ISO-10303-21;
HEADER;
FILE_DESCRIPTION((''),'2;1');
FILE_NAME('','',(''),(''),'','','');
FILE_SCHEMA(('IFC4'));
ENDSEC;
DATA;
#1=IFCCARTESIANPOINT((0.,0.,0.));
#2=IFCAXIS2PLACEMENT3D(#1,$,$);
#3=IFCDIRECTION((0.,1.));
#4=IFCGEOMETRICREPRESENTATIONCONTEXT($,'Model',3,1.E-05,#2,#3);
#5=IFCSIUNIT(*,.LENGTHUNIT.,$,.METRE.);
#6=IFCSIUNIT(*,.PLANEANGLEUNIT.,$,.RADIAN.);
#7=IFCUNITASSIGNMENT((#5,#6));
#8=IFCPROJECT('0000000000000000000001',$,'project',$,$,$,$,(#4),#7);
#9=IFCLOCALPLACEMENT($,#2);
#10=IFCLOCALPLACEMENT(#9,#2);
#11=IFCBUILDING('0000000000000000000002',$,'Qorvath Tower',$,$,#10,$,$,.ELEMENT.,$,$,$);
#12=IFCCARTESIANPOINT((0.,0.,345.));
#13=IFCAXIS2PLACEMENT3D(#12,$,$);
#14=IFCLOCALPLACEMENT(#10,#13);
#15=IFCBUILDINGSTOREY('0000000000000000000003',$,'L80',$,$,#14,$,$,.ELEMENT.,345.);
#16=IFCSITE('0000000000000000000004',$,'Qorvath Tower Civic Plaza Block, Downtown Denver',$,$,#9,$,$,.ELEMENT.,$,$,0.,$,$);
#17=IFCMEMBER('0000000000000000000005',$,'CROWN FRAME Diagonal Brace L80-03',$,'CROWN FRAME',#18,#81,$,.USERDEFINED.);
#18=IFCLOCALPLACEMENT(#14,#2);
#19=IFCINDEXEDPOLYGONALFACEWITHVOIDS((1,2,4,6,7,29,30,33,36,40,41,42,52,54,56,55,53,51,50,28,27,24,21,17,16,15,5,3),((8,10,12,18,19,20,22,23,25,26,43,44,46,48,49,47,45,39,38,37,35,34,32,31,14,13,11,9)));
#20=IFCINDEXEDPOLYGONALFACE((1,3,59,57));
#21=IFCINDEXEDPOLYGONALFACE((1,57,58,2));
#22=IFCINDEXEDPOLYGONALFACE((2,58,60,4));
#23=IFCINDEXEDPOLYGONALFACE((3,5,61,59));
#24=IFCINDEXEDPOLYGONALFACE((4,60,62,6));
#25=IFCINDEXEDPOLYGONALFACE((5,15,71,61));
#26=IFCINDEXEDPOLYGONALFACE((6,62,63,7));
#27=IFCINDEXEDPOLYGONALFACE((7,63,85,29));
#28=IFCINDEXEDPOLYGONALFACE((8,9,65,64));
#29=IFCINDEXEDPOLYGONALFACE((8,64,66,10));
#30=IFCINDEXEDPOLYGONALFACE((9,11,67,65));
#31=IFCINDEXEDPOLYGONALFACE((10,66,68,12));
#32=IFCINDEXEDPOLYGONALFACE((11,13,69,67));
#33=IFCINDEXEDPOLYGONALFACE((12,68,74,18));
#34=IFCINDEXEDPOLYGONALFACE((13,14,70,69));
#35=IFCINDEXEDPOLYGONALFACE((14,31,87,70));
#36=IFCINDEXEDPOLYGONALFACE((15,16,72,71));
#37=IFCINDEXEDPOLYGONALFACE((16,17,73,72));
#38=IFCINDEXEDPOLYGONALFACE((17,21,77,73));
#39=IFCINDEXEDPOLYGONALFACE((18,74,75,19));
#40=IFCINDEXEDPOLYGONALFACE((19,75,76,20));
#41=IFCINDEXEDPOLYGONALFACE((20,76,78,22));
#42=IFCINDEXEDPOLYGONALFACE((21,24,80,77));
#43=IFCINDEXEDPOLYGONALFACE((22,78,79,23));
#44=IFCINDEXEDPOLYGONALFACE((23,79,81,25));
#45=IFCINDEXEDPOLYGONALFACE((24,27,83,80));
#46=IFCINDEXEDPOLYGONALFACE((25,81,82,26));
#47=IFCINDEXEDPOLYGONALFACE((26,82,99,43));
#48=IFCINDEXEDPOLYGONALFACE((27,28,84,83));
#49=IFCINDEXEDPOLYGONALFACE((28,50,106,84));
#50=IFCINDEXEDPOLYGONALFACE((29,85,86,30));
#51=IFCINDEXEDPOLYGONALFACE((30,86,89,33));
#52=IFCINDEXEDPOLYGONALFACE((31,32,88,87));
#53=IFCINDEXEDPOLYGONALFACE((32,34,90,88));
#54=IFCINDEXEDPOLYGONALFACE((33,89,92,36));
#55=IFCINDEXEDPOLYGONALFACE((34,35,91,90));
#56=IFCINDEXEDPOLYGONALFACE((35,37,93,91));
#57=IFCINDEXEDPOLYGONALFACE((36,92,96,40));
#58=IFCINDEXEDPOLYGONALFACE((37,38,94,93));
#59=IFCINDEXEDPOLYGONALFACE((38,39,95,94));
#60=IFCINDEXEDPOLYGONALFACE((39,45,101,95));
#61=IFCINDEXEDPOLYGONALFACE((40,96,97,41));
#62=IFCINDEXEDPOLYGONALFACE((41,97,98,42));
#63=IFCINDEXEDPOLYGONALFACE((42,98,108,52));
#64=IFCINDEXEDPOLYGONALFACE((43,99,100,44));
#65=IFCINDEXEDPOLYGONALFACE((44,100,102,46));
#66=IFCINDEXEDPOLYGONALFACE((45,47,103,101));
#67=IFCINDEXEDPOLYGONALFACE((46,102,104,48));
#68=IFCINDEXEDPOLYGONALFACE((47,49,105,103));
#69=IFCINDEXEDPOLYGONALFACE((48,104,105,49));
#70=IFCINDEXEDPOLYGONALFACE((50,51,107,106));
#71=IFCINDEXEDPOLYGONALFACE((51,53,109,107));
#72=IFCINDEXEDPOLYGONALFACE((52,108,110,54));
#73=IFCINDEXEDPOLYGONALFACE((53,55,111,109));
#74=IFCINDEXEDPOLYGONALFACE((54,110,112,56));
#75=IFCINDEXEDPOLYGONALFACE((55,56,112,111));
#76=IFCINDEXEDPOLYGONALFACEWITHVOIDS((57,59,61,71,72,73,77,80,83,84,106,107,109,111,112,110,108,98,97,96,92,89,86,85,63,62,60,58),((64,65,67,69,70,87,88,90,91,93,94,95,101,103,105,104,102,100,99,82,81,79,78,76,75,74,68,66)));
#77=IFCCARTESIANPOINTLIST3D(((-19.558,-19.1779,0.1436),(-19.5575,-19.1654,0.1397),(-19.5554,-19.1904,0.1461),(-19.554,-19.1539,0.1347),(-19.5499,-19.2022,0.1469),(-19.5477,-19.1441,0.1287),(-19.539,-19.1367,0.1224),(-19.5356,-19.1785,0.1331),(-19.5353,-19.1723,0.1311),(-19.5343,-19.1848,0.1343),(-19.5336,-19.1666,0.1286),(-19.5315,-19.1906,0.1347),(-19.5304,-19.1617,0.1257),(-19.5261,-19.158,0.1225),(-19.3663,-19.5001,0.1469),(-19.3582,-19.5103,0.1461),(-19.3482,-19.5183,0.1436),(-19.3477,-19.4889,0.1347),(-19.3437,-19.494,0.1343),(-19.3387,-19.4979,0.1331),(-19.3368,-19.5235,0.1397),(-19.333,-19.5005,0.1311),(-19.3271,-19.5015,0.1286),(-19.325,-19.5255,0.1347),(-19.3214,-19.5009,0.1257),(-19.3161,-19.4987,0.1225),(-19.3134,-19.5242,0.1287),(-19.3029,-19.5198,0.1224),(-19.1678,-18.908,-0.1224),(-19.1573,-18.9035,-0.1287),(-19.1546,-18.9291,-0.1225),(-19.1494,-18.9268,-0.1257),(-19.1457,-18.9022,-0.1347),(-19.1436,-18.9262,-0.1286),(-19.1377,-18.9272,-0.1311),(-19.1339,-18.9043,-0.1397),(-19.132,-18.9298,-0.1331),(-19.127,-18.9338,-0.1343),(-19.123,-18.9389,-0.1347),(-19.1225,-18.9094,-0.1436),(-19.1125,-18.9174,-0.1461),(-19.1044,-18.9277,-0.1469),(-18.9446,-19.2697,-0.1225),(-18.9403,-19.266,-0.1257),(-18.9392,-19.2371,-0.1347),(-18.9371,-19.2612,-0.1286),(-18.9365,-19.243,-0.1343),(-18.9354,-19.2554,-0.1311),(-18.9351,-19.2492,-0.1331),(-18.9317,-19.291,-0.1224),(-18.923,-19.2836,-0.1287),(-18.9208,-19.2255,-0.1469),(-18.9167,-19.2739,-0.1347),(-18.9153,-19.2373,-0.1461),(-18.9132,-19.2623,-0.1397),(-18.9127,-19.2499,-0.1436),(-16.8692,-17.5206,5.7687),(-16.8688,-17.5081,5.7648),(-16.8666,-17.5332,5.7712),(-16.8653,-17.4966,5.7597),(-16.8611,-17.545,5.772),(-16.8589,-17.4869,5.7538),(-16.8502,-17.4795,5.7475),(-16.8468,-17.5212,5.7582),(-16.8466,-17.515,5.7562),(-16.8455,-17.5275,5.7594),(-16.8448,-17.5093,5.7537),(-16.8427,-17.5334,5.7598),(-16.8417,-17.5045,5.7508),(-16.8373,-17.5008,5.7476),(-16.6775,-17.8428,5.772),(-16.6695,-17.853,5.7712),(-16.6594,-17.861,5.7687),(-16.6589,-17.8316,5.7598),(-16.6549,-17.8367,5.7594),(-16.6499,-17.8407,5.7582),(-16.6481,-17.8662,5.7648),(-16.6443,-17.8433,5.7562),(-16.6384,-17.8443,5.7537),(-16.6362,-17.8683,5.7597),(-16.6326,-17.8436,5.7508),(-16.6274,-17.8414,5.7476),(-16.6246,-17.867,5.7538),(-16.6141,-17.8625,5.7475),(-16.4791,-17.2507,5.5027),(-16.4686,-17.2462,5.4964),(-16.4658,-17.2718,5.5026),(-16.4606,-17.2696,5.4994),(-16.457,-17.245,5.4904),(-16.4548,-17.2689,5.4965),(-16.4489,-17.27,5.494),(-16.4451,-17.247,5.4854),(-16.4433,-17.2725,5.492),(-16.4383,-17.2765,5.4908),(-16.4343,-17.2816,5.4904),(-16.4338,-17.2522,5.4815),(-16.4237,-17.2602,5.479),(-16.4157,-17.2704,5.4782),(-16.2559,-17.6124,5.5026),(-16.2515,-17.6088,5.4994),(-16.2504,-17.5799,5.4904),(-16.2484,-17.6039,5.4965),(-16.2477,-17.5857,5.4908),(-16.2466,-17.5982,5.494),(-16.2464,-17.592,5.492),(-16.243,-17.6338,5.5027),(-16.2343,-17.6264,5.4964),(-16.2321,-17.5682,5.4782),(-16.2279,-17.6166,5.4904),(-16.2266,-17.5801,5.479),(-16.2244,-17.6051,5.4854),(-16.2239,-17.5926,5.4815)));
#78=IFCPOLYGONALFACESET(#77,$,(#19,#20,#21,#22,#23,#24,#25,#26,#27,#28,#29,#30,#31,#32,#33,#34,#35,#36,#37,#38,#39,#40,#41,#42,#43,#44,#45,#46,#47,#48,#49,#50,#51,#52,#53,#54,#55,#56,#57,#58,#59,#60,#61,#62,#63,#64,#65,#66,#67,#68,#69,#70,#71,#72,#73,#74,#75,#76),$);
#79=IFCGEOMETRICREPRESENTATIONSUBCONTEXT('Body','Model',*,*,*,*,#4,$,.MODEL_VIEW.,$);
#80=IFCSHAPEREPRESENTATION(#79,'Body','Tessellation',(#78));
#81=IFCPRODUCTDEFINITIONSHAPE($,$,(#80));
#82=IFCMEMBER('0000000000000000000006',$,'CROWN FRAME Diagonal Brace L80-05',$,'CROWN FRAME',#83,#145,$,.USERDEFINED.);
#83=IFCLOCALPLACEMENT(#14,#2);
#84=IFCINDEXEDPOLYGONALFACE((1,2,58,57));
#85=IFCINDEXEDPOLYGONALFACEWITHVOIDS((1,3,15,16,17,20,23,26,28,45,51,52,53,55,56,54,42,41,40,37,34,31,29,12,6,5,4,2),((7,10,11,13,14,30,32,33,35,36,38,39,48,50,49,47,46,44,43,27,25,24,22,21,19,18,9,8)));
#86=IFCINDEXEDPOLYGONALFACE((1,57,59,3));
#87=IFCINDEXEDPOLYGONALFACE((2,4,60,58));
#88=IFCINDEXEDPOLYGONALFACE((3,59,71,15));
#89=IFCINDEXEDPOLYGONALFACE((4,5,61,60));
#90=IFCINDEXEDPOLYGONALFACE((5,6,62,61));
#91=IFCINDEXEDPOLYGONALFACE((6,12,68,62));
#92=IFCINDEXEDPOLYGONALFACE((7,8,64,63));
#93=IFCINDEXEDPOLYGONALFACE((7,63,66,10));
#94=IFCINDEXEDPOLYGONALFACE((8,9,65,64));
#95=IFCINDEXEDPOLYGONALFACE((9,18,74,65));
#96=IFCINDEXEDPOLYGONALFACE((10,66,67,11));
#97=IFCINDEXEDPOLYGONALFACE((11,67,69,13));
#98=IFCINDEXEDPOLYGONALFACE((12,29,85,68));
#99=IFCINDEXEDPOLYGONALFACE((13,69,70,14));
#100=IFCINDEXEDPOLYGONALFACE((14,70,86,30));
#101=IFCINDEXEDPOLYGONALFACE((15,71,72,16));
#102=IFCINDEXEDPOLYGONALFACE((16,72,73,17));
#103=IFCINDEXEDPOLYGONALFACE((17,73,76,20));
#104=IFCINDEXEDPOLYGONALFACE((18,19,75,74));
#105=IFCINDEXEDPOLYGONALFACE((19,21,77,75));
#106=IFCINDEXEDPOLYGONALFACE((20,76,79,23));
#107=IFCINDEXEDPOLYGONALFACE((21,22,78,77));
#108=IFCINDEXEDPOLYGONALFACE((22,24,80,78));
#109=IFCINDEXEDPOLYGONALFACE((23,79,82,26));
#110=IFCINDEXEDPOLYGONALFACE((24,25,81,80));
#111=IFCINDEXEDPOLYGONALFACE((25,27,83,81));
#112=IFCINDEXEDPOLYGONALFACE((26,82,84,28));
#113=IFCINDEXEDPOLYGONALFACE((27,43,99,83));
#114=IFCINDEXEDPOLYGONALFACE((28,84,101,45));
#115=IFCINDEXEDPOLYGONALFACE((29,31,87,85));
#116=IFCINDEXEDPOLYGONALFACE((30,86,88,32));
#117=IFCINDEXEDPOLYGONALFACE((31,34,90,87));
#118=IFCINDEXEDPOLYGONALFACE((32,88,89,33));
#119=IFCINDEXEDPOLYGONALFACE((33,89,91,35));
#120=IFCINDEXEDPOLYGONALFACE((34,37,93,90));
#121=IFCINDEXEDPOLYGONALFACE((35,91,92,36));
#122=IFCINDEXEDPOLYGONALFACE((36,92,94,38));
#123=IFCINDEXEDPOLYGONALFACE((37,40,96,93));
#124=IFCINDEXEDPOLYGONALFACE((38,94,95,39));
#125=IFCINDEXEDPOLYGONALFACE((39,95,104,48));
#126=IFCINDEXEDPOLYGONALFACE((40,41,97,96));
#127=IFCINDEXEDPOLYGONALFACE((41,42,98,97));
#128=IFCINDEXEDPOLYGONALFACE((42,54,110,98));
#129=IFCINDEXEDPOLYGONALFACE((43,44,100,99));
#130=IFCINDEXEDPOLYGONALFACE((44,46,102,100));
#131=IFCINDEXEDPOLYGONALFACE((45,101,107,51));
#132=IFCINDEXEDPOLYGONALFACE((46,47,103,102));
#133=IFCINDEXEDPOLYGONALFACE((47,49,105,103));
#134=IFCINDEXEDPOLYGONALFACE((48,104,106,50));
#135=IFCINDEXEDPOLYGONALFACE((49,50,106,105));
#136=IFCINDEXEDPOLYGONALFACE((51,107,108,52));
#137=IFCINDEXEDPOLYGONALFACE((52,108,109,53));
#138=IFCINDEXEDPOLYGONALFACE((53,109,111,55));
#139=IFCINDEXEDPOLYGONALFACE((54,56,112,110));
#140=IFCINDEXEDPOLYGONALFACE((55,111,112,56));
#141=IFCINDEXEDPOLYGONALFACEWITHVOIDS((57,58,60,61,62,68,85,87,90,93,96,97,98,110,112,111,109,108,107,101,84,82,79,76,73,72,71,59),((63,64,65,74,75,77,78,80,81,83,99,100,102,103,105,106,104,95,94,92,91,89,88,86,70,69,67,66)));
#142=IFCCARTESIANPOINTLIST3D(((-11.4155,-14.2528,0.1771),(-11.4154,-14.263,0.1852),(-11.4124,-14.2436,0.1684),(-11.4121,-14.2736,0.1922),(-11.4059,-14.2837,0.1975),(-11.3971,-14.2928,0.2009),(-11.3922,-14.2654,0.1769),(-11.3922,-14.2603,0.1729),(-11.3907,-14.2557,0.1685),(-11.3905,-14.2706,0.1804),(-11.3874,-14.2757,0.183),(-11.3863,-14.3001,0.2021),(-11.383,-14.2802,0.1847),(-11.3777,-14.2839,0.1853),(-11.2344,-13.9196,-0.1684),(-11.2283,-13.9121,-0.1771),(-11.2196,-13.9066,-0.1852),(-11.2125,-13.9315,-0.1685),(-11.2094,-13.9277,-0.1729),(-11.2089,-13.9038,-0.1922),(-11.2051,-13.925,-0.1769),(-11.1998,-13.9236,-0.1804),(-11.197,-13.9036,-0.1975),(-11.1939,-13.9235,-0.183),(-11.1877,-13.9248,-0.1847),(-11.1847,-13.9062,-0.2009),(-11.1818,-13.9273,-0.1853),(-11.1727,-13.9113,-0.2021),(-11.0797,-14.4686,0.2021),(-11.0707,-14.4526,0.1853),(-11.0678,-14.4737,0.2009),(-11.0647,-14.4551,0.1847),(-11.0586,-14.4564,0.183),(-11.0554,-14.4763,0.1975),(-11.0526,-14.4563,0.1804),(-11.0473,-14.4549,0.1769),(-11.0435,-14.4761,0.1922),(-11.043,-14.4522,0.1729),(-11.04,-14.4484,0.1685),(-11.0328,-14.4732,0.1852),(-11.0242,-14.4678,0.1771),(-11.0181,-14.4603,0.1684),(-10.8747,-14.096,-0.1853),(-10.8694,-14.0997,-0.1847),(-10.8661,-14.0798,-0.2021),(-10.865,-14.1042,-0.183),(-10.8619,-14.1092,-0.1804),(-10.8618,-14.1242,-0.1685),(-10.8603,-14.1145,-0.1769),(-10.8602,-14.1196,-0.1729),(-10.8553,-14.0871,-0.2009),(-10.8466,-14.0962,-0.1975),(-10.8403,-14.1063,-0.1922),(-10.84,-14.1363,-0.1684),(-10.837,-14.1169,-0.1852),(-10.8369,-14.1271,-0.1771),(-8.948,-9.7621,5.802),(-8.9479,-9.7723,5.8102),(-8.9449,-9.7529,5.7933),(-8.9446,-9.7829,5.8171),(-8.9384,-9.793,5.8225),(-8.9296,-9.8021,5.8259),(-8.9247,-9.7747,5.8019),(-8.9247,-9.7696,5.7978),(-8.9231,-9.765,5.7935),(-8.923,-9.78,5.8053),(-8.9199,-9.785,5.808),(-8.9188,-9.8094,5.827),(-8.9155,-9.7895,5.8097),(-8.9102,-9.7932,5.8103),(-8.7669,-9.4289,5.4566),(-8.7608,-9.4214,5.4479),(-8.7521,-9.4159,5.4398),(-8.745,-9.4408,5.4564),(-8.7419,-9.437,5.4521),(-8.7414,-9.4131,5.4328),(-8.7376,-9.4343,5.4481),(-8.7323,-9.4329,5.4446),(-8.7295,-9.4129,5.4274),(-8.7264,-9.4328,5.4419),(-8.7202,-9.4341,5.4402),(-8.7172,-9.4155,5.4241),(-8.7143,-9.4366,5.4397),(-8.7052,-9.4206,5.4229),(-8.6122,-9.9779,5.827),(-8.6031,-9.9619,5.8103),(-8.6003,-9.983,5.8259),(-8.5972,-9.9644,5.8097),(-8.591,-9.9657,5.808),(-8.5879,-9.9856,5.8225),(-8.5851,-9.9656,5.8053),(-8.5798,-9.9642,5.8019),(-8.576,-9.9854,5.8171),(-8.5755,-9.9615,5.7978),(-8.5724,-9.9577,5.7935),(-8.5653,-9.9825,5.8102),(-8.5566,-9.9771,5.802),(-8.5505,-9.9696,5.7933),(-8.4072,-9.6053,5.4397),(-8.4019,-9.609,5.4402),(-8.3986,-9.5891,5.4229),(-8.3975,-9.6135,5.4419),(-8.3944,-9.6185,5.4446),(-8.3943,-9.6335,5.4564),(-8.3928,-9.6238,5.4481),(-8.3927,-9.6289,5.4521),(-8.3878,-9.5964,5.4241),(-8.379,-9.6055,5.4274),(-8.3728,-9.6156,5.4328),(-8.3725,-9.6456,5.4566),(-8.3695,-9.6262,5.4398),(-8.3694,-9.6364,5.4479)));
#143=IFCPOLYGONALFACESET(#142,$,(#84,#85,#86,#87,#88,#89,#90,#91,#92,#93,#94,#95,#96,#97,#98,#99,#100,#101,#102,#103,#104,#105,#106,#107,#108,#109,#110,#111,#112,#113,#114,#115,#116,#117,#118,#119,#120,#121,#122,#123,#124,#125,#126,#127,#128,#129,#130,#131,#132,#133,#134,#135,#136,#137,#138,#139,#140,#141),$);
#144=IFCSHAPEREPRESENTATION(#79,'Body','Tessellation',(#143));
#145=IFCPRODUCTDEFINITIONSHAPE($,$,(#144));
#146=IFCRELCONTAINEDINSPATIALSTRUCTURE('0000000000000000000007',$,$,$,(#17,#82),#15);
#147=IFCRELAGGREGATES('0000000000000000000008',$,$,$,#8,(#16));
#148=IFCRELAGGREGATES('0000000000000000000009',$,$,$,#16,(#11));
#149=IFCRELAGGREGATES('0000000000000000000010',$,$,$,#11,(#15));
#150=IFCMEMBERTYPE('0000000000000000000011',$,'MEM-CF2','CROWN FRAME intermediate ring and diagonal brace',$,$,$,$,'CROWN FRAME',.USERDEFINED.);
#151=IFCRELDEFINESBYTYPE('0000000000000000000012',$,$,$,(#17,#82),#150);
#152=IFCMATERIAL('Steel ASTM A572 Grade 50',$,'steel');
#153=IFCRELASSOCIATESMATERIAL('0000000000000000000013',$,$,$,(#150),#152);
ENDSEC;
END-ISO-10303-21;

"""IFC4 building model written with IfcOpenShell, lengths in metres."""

from ifc_helpers import new_model, si_unit, direction, frame, origin, origin_2d, place, context, subcontext, project, spatial, hollow_rectangle, extrude, material, material_profile, profile_set, type_object, element, save


model = new_model("IFC4")

# Units and contexts
model_context = context("Model", 3, precision=1e-05, world=origin(), true_north=direction((0.0, 1.0)))
body_context = subcontext(model_context, "Body", "Model", "MODEL_VIEW")
ifc_project = project(units=[si_unit("LENGTHUNIT", "METRE"), si_unit("PLANEANGLEUNIT", "RADIAN")], contexts=[model_context])

# Site, building, storey
site_placement = place(None, origin())
site = spatial("IfcSite", under=ifc_project, at=site_placement, Name="Qorvath Tower Civic Plaza Block, Downtown Denver", CompositionType="ELEMENT", RefElevation=0.0)
building_placement = place(site_placement, origin())
building = spatial("IfcBuilding", under=site, at=building_placement, Name="Qorvath Tower", CompositionType="ELEMENT")
storey_placement = place(building_placement, frame((0.0, 0.0, 345.0)))
storey = spatial("IfcBuildingStorey", under=building, at=storey_placement, Name="L80", CompositionType="ELEMENT", Elevation=345.0)

# Members
ifc_material_1 = material(Name="Steel ASTM A572 Grade 50", Category="steel")
ifc_material_profile_1 = material_profile(ifc_material_1, hollow_rectangle(XDim=0.45, YDim=0.6001, WallThickness=0.0249, InnerFilletRadius=0.0249, OuterFilletRadius=0.05, at=origin_2d()), Name="CROWN BOX 600x450x25")
ifc_profile_set_1 = profile_set([ifc_material_profile_1], Name="Steel ASTM A572 Grade 50")
member_type_1 = type_object("IfcMemberType", Name="MEM-CF2", Description="CROWN FRAME intermediate ring and diagonal brace", ElementType="CROWN FRAME", PredefinedType="USERDEFINED", material=ifc_profile_set_1)
member_1_placement = place(storey_placement, frame((-19.2354, -19.2139, 0.0), z_axis=(0.416787, 0.256892, 0.871949), x_axis=(-0.524701, 0.851287, 0.0)))
element("IfcMember", 1, at=member_1_placement, inside=storey, type_object=member_type_1, Name="CROWN FRAME Diagonal Brace L80-03", ObjectType="CROWN FRAME", PredefinedType="USERDEFINED", context=body_context, shape_type="SweptSolid", body=[
    extrude(hollow_rectangle(XDim=0.45, YDim=0.6001, WallThickness=0.0249, InnerFilletRadius=0.0249, OuterFilletRadius=0.05, at=origin_2d()), origin(), (0.0, 0.0, 1.0), 6.4512),
])
member_2_placement = place(storey_placement, frame((-11.1262, -14.1899, 0.0), z_axis=(0.324294, 0.590191, 0.739262), x_axis=(-0.876411, 0.481564, 0.0)))
element("IfcMember", 2, at=member_2_placement, inside=storey, type_object=member_type_1, Name="CROWN FRAME Diagonal Brace L80-05", ObjectType="CROWN FRAME", PredefinedType="USERDEFINED", context=body_context, shape_type="SweptSolid", body=[
    extrude(hollow_rectangle(XDim=0.45, YDim=0.6001, WallThickness=0.0249, InnerFilletRadius=0.0249, OuterFilletRadius=0.05, at=origin_2d()), origin(), (0.0, 0.0, 1.0), 7.6089),
])

save(model, "model.ifc")
